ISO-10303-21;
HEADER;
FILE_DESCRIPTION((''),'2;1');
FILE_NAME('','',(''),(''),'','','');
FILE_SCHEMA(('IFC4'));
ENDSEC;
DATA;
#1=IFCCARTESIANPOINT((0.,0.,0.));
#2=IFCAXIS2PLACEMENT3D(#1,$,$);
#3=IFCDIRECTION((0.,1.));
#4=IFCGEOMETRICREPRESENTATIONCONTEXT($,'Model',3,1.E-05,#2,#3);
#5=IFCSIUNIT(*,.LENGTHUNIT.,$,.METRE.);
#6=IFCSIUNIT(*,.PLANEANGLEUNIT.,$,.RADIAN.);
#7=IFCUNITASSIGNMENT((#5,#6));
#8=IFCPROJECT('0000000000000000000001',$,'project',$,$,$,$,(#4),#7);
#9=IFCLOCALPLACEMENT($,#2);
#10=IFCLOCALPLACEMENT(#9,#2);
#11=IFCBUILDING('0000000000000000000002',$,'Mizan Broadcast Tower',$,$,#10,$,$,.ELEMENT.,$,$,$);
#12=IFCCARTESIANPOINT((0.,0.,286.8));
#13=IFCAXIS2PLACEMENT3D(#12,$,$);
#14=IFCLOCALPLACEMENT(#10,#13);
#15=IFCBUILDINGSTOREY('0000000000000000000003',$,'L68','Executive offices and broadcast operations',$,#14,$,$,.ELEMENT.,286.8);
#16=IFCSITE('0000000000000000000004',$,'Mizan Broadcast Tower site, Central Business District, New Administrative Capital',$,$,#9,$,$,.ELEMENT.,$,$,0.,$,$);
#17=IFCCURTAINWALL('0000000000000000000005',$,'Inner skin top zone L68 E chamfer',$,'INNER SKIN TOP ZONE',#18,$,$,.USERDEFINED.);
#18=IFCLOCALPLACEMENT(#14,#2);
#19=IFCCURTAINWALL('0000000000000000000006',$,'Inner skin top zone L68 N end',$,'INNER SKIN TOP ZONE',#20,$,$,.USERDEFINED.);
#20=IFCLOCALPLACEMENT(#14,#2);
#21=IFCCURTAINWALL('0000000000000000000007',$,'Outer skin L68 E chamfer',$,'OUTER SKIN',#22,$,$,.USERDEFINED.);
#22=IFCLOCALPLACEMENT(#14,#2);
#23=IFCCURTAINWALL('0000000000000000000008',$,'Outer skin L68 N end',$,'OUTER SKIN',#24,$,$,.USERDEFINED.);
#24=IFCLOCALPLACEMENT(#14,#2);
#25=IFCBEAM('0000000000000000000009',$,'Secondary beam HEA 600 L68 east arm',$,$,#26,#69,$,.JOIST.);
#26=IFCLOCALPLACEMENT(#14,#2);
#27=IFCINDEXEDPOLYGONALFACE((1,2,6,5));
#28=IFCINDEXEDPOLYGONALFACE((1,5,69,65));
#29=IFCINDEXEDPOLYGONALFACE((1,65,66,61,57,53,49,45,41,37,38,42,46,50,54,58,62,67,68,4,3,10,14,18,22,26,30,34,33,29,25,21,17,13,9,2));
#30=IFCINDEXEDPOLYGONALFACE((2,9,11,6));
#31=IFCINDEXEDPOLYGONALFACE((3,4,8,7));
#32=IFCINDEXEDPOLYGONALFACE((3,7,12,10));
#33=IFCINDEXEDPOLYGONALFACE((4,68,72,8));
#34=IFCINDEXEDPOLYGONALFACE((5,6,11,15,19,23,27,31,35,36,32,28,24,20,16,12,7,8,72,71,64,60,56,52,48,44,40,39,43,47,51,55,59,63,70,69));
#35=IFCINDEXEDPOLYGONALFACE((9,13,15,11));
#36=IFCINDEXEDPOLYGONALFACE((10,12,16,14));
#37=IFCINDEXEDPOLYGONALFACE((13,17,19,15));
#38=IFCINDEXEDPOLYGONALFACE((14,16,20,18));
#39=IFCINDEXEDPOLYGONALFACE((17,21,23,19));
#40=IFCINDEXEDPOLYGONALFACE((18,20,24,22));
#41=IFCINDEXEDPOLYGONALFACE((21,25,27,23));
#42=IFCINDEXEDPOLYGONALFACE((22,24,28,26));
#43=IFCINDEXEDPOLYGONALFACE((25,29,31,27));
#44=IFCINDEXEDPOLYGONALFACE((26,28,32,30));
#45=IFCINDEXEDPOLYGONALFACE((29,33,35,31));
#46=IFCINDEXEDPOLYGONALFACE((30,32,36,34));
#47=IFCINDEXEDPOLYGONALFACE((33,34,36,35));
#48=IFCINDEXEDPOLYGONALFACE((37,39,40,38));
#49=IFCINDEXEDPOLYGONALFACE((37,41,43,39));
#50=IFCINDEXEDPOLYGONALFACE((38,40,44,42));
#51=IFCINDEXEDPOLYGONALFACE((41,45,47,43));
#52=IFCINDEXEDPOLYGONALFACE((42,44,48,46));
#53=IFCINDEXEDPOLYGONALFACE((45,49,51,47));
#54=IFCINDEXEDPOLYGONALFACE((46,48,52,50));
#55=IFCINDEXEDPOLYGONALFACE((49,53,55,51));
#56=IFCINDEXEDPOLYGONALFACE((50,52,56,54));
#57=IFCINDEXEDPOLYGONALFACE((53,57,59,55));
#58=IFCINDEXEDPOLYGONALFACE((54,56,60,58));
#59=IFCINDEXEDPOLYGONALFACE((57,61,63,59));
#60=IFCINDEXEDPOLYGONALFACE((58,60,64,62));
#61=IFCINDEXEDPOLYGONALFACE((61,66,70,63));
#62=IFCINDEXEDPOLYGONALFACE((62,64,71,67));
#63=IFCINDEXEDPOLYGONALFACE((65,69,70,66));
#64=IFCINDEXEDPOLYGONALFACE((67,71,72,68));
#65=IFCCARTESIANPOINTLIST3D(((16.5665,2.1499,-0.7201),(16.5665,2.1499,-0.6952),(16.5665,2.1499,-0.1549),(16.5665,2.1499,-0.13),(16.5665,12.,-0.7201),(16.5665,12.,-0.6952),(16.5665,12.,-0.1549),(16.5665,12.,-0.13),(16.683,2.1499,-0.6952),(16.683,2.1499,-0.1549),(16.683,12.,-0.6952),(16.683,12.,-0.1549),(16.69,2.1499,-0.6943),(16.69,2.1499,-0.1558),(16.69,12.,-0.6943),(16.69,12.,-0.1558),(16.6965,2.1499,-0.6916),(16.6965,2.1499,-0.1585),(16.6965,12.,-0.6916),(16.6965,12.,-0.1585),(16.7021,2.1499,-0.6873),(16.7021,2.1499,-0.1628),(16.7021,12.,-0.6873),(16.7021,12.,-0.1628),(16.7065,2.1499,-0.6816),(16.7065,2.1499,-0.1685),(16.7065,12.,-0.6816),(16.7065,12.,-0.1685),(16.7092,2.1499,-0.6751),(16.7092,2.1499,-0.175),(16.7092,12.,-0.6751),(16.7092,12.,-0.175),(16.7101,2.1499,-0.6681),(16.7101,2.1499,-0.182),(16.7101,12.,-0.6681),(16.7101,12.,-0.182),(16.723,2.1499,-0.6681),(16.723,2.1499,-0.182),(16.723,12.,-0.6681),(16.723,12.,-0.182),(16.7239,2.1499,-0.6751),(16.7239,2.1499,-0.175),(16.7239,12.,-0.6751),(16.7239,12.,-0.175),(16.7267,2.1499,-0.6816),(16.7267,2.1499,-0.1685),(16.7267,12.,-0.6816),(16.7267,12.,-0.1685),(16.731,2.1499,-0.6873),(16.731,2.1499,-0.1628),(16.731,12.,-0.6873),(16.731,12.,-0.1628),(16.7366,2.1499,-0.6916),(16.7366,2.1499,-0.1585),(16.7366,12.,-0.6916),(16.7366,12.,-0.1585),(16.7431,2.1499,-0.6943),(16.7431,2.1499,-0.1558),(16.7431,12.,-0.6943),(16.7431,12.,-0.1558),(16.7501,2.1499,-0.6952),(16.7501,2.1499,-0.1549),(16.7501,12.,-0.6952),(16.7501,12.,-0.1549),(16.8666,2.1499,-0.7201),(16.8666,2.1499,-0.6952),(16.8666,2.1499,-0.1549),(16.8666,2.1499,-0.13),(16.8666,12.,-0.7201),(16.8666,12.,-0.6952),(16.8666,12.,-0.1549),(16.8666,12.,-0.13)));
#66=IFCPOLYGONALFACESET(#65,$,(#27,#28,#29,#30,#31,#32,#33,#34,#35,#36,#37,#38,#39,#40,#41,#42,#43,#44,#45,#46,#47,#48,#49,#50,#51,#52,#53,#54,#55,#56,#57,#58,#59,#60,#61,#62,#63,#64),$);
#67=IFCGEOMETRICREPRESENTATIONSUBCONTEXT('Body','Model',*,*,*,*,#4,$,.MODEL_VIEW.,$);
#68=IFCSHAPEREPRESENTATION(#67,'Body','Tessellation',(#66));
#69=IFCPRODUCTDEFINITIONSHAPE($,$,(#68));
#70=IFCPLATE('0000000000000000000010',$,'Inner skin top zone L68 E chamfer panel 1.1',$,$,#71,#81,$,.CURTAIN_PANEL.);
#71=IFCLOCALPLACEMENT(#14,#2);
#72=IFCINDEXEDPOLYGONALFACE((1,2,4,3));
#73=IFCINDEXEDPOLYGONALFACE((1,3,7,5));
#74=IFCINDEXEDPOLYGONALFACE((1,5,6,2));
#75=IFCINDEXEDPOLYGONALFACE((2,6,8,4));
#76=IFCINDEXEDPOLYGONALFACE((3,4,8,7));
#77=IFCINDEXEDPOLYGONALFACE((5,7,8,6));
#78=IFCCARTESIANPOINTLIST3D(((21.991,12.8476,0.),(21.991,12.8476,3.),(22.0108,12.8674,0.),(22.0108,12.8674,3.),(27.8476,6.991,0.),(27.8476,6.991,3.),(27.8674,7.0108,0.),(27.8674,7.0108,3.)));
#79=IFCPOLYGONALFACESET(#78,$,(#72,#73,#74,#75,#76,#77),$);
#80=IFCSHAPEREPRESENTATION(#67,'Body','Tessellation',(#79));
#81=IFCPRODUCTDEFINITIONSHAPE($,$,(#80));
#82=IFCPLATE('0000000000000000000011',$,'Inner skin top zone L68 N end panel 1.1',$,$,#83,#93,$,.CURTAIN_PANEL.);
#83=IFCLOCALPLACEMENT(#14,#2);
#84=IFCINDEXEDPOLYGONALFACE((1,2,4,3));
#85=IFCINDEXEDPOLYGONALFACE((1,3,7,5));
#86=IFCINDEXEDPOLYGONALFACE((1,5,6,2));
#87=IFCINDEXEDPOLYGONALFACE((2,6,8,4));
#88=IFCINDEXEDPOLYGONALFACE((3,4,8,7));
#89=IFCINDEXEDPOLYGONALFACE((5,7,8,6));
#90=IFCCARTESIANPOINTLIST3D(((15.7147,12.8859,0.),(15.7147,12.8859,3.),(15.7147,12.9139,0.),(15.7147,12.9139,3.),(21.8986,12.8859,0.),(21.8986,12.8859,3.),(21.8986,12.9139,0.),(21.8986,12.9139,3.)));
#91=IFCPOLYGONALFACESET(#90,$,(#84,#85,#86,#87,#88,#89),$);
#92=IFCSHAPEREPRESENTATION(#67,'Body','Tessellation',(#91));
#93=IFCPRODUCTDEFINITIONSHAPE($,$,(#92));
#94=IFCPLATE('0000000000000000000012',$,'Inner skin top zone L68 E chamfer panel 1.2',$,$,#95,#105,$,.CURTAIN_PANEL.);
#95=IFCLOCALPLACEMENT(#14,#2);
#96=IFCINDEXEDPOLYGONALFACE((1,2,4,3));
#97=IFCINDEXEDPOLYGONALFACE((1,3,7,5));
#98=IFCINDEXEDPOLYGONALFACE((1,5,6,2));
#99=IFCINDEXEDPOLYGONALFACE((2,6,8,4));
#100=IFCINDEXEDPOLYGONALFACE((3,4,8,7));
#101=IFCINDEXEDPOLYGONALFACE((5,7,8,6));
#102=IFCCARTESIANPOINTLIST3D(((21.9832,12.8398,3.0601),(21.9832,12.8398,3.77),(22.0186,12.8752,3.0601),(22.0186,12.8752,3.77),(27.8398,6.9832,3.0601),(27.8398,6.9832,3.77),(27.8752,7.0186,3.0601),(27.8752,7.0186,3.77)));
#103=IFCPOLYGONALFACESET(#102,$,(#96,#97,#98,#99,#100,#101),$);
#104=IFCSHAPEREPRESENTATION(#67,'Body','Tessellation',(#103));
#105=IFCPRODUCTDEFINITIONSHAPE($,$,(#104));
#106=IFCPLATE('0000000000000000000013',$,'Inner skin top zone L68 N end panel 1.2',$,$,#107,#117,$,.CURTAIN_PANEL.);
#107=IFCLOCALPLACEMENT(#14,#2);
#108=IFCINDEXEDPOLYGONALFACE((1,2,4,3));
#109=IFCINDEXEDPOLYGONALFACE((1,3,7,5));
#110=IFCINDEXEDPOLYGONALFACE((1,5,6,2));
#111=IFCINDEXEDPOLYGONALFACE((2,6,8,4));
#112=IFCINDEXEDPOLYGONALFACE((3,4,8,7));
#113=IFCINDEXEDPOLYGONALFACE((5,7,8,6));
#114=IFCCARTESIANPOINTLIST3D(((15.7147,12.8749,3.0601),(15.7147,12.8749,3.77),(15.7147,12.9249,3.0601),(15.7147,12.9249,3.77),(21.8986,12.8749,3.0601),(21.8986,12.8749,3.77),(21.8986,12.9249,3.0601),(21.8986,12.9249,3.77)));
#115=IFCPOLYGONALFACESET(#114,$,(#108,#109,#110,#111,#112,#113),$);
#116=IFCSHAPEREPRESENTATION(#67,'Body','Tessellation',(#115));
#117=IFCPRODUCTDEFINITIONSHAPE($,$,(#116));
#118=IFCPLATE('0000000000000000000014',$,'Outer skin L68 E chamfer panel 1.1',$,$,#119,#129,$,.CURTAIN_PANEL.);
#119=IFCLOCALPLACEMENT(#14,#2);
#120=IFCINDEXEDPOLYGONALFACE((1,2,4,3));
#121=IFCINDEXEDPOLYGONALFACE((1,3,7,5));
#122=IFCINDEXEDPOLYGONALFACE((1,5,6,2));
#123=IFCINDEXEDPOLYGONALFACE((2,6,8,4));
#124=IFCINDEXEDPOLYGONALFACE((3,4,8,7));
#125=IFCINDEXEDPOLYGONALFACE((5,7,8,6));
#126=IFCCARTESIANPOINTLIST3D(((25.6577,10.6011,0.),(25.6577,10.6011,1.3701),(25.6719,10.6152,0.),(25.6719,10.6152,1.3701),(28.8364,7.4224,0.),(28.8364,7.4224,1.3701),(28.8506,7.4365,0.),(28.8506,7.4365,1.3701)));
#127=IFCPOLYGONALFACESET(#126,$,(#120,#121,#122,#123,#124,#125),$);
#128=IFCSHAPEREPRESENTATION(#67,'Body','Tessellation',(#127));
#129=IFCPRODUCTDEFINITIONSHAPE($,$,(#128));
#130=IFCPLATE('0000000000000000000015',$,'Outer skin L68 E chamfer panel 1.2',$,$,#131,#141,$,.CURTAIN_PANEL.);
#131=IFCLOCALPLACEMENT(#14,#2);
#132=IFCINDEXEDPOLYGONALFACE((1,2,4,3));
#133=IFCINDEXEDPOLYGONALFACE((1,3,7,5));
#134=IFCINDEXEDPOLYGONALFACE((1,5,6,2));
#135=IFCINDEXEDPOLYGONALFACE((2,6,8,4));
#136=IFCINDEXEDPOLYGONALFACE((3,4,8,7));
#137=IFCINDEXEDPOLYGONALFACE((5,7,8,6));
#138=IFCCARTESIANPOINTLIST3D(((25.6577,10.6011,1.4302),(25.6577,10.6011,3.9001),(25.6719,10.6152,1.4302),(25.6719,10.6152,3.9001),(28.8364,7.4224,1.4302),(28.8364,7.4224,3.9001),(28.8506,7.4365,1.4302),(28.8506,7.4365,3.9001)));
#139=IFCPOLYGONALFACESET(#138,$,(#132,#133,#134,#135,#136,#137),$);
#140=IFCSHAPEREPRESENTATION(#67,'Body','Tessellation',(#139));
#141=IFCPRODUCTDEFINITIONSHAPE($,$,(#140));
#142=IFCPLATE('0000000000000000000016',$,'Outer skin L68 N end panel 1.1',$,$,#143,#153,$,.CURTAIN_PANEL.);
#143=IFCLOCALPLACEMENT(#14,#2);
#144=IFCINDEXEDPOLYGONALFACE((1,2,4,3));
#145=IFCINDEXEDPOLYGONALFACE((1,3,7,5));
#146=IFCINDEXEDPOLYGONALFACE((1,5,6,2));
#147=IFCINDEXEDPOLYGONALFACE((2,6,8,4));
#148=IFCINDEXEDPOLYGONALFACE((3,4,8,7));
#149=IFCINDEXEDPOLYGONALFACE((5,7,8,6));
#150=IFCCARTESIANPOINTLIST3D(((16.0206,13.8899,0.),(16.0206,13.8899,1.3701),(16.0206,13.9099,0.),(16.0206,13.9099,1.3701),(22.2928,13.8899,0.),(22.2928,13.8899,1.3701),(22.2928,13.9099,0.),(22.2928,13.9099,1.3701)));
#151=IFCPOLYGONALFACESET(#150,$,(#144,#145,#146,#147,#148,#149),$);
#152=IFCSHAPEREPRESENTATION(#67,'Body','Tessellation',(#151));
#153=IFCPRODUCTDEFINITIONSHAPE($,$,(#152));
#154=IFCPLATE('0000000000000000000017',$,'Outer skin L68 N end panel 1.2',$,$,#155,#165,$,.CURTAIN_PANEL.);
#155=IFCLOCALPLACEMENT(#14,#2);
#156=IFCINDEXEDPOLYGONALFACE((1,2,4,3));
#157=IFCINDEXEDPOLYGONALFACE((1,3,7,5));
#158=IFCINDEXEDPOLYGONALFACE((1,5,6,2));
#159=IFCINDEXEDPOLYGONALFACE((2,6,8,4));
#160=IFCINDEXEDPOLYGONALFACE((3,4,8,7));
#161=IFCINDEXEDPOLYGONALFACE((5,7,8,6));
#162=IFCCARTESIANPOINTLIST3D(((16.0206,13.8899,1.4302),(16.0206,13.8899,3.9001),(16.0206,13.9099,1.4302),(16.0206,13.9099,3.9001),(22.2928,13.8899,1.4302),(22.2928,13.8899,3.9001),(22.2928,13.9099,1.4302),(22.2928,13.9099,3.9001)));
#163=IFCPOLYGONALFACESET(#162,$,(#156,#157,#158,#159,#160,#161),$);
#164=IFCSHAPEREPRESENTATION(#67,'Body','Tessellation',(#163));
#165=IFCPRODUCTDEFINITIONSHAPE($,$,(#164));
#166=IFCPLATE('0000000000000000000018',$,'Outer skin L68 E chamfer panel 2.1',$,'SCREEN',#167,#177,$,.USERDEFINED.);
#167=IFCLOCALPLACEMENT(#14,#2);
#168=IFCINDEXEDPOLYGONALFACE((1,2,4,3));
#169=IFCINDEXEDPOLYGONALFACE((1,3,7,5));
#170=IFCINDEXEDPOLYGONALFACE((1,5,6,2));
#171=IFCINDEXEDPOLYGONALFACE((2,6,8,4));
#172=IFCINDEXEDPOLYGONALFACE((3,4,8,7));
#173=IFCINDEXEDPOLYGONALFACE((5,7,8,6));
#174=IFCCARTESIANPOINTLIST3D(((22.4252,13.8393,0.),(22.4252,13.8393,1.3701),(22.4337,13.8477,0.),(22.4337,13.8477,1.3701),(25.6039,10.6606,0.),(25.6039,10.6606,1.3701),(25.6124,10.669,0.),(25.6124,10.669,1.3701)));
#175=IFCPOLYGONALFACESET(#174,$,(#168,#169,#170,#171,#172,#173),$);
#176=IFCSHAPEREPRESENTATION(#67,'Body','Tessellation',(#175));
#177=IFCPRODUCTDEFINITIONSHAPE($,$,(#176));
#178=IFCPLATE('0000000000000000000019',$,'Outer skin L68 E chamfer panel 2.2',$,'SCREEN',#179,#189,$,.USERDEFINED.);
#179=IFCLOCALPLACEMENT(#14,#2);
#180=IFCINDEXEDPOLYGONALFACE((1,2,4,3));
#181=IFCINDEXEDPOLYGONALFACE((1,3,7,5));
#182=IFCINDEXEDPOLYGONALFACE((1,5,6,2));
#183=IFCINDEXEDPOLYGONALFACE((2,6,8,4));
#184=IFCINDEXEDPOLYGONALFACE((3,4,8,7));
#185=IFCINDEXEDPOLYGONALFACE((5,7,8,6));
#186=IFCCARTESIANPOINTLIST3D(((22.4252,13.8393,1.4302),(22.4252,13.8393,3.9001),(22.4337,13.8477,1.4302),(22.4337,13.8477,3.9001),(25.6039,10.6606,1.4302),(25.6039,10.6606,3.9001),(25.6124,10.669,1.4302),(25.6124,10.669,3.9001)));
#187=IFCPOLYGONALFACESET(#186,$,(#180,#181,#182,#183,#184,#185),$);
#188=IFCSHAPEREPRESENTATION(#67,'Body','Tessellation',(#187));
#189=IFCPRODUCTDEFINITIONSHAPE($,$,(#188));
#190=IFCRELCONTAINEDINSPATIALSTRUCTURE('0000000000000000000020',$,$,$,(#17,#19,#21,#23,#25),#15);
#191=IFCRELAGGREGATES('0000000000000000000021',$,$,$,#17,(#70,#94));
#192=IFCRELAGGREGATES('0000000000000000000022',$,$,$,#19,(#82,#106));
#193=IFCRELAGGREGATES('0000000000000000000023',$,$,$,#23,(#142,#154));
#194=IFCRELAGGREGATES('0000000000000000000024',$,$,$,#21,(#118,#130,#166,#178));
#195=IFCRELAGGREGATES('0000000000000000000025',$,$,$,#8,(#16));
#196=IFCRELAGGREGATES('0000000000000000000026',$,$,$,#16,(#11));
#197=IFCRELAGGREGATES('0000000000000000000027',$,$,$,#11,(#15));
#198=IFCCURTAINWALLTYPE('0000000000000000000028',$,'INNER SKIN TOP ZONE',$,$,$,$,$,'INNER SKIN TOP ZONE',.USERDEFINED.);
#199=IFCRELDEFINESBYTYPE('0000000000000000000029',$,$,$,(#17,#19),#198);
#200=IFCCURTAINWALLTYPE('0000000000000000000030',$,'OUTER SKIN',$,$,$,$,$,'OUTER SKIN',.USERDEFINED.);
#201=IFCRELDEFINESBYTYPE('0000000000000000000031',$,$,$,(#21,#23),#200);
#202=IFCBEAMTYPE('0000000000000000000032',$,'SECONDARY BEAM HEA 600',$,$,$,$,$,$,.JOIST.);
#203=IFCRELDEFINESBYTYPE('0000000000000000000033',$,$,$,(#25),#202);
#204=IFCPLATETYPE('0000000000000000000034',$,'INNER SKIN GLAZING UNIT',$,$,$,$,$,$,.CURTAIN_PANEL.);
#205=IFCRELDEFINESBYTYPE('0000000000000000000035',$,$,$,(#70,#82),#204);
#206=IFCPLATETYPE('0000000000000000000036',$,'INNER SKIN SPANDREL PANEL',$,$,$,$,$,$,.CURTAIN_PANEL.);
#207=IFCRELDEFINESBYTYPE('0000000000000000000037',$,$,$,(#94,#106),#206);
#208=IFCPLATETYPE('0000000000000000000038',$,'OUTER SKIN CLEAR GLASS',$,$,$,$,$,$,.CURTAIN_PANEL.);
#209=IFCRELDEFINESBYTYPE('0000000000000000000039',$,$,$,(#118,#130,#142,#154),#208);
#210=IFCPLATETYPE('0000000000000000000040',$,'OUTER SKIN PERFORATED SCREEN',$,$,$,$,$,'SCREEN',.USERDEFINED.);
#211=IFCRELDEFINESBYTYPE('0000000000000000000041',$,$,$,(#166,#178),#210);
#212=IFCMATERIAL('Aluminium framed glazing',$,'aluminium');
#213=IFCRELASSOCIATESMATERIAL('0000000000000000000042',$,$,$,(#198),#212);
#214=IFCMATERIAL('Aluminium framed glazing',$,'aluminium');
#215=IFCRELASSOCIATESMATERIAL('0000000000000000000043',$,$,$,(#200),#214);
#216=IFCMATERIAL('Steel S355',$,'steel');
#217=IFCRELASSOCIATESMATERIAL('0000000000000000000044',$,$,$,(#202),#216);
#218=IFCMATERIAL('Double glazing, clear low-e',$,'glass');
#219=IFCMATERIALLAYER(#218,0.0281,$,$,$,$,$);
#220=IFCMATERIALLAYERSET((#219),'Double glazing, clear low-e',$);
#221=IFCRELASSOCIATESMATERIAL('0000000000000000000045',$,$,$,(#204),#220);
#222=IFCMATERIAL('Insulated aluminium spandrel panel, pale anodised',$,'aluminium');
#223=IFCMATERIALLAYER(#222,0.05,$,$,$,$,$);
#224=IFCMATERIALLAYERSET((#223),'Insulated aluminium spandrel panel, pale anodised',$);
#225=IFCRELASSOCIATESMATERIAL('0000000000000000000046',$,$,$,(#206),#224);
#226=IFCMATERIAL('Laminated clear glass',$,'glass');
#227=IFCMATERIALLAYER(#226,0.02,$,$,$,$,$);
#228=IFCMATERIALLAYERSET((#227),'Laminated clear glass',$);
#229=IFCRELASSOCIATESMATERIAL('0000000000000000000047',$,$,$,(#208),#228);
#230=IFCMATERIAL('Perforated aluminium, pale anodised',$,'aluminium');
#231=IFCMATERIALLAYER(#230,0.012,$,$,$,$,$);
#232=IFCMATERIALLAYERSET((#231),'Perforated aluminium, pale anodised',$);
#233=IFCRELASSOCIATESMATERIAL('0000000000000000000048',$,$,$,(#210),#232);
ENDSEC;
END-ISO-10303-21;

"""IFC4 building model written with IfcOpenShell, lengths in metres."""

from ifc_helpers import new_model, si_unit, direction, frame, origin, origin_2d, place, context, subcontext, project, spatial, rectangle, i_section, extrude, material, layer, layer_set, material_profile, profile_set, type_object, element, aggregate, save


model = new_model("IFC4")

# Units and contexts
model_context = context("Model", 3, precision=1e-05, world=origin(), true_north=direction((0.0, 1.0)))
body_context = subcontext(model_context, "Body", "Model", "MODEL_VIEW")
ifc_project = project(units=[si_unit("LENGTHUNIT", "METRE"), si_unit("PLANEANGLEUNIT", "RADIAN")], contexts=[model_context])

# Site, building, storey
site_placement = place(None, origin())
site = spatial("IfcSite", under=ifc_project, at=site_placement, Name="Mizan Broadcast Tower site, Central Business District, New Administrative Capital", CompositionType="ELEMENT", RefElevation=0.0)
building_placement = place(site_placement, origin())
building = spatial("IfcBuilding", under=site, at=building_placement, Name="Mizan Broadcast Tower", CompositionType="ELEMENT")
storey_placement = place(building_placement, frame((0.0, 0.0, 286.8)))
storey = spatial("IfcBuildingStorey", under=building, at=storey_placement, Name="L68", Description="Executive offices and broadcast operations", CompositionType="ELEMENT", Elevation=286.8)

# Curtain wall
ifc_material_1 = material(Name="Aluminium framed glazing", Category="aluminium")
curtain_wall_type_1 = type_object("IfcCurtainWallType", Name="INNER SKIN TOP ZONE", ElementType="INNER SKIN TOP ZONE", PredefinedType="USERDEFINED", material=ifc_material_1)
curtain_wall_1_placement = place(storey_placement, origin())
curtain_wall_1 = element("IfcCurtainWall", 1, at=curtain_wall_1_placement, inside=storey, type_object=curtain_wall_type_1, Name="Inner skin top zone L68 E chamfer", ObjectType="INNER SKIN TOP ZONE", PredefinedType="USERDEFINED")

# Curtain walls
curtain_wall_2_placement = place(storey_placement, origin())
curtain_wall_2 = element("IfcCurtainWall", 2, at=curtain_wall_2_placement, inside=storey, type_object=curtain_wall_type_1, Name="Inner skin top zone L68 N end", ObjectType="INNER SKIN TOP ZONE", PredefinedType="USERDEFINED")
ifc_material_2 = material(Name="Aluminium framed glazing", Category="aluminium")
curtain_wall_type_2 = type_object("IfcCurtainWallType", Name="OUTER SKIN", ElementType="OUTER SKIN", PredefinedType="USERDEFINED", material=ifc_material_2)
curtain_wall_3_placement = place(storey_placement, origin())
curtain_wall_3 = element("IfcCurtainWall", 3, at=curtain_wall_3_placement, inside=storey, type_object=curtain_wall_type_2, Name="Outer skin L68 E chamfer", ObjectType="OUTER SKIN", PredefinedType="USERDEFINED")

# Curtain wall
curtain_wall_4_placement = place(storey_placement, origin())
curtain_wall_4 = element("IfcCurtainWall", 4, at=curtain_wall_4_placement, inside=storey, type_object=curtain_wall_type_2, Name="Outer skin L68 N end", ObjectType="OUTER SKIN", PredefinedType="USERDEFINED")

# Beam
ifc_material_3 = material(Name="Steel S355", Category="steel")
ifc_material_profile_1 = material_profile(ifc_material_3, i_section(OverallWidth=0.3, OverallDepth=0.5901, WebThickness=0.0129, FlangeThickness=0.0249, FilletRadius=0.0271, at=origin_2d()), Name="HEA 600")
ifc_profile_set_1 = profile_set([ifc_material_profile_1], Name="Steel S355")
beam_type_1 = type_object("IfcBeamType", Name="SECONDARY BEAM HEA 600", PredefinedType="JOIST", material=ifc_profile_set_1)
beam_1_placement = place(storey_placement, frame((16.7166, 12.0, -0.425), z_axis=(0.0, -1.0, 0.0), x_axis=(1.0, 0.0, 0.0)))
element("IfcBeam", 5, at=beam_1_placement, inside=storey, type_object=beam_type_1, Name="Secondary beam HEA 600 L68 east arm", PredefinedType="JOIST", context=body_context, shape_type="SweptSolid", body=[
    extrude(i_section(OverallWidth=0.3, OverallDepth=0.5901, WebThickness=0.0129, FlangeThickness=0.0249, FilletRadius=0.0271, at=origin_2d()), origin(), (0.0, 0.0, 1.0), 9.8501),
])

# Plates
ifc_material_4 = material(Name="Double glazing, clear low-e", Category="glass")
ifc_layer_1 = layer(ifc_material_4, 0.0281)
ifc_layer_set_1 = layer_set([ifc_layer_1], Name="Double glazing, clear low-e")
plate_type_1 = type_object("IfcPlateType", Name="INNER SKIN GLAZING UNIT", PredefinedType="CURTAIN_PANEL", material=ifc_layer_set_1)
plate_1_placement = place(storey_placement, frame((24.9292, 9.9292, 0.0), z_axis=(0.0, 0.0, 1.0), x_axis=(-0.707107, 0.707107, 0.0)))
plate_1 = element("IfcPlate", 6, at=plate_1_placement, type_object=plate_type_1, Name="Inner skin top zone L68 E chamfer panel 1.1", PredefinedType="CURTAIN_PANEL", context=body_context, shape_type="SweptSolid", body=[
    extrude(rectangle(XDim=8.2825, YDim=0.0281, at=origin_2d()), origin(), (0.0, 0.0, 1.0), 3.0),
])
plate_2_placement = place(storey_placement, frame((18.8066, 12.8999, 0.0), z_axis=(0.0, 0.0, 1.0), x_axis=(-1.0, 0.0, 0.0)))
plate_2 = element("IfcPlate", 7, at=plate_2_placement, type_object=plate_type_1, Name="Inner skin top zone L68 N end panel 1.1", PredefinedType="CURTAIN_PANEL", context=body_context, shape_type="SweptSolid", body=[
    extrude(rectangle(XDim=6.1838, YDim=0.0281, at=origin_2d()), origin(), (0.0, 0.0, 1.0), 3.0),
])
ifc_material_5 = material(Name="Insulated aluminium spandrel panel, pale anodised", Category="aluminium")
ifc_layer_2 = layer(ifc_material_5, 0.05)
ifc_layer_set_2 = layer_set([ifc_layer_2], Name="Insulated aluminium spandrel panel, pale anodised")
plate_type_2 = type_object("IfcPlateType", Name="INNER SKIN SPANDREL PANEL", PredefinedType="CURTAIN_PANEL", material=ifc_layer_set_2)
plate_3_placement = place(storey_placement, frame((24.9292, 9.9292, 3.0601), z_axis=(0.0, 0.0, 1.0), x_axis=(-0.707107, 0.707107, 0.0)))
plate_3 = element("IfcPlate", 8, at=plate_3_placement, type_object=plate_type_2, Name="Inner skin top zone L68 E chamfer panel 1.2", PredefinedType="CURTAIN_PANEL", context=body_context, shape_type="SweptSolid", body=[
    extrude(rectangle(XDim=8.2825, YDim=0.05, at=origin_2d()), origin(), (0.0, 0.0, 1.0), 0.71),
])
aggregate(curtain_wall_1, [plate_1, plate_3])
plate_4_placement = place(storey_placement, frame((18.8066, 12.8999, 3.0601), z_axis=(0.0, 0.0, 1.0), x_axis=(-1.0, 0.0, 0.0)))
plate_4 = element("IfcPlate", 9, at=plate_4_placement, type_object=plate_type_2, Name="Inner skin top zone L68 N end panel 1.2", PredefinedType="CURTAIN_PANEL", context=body_context, shape_type="SweptSolid", body=[
    extrude(rectangle(XDim=6.1838, YDim=0.05, at=origin_2d()), origin(), (0.0, 0.0, 1.0), 0.71),
])
aggregate(curtain_wall_2, [plate_2, plate_4])
ifc_material_6 = material(Name="Laminated clear glass", Category="glass")
ifc_layer_3 = layer(ifc_material_6, 0.02)
ifc_layer_set_3 = layer_set([ifc_layer_3], Name="Laminated clear glass")
plate_type_3 = type_object("IfcPlateType", Name="OUTER SKIN CLEAR GLASS", PredefinedType="CURTAIN_PANEL", material=ifc_layer_set_3)
plate_5_placement = place(storey_placement, frame((27.2542, 9.0188, 0.0), z_axis=(0.0, 0.0, 1.0), x_axis=(-0.707107, 0.707107, 0.0)))
plate_5 = element("IfcPlate", 10, at=plate_5_placement, type_object=plate_type_3, Name="Outer skin L68 E chamfer panel 1.1", PredefinedType="CURTAIN_PANEL", context=body_context, shape_type="SweptSolid", body=[
    extrude(rectangle(XDim=4.4954, YDim=0.02, at=origin_2d()), origin(), (0.0, 0.0, 1.0), 1.3701),
])
plate_6_placement = place(storey_placement, frame((27.2542, 9.0188, 1.4302), z_axis=(0.0, 0.0, 1.0), x_axis=(-0.707107, 0.707107, 0.0)))
plate_6 = element("IfcPlate", 11, at=plate_6_placement, type_object=plate_type_3, Name="Outer skin L68 E chamfer panel 1.2", PredefinedType="CURTAIN_PANEL", context=body_context, shape_type="SweptSolid", body=[
    extrude(rectangle(XDim=4.4954, YDim=0.02, at=origin_2d()), origin(), (0.0, 0.0, 1.0), 2.47),
])
plate_7_placement = place(storey_placement, frame((19.1567, 13.8999, 0.0), z_axis=(0.0, 0.0, 1.0), x_axis=(-1.0, 0.0, 0.0)))
plate_7 = element("IfcPlate", 12, at=plate_7_placement, type_object=plate_type_3, Name="Outer skin L68 N end panel 1.1", PredefinedType="CURTAIN_PANEL", context=body_context, shape_type="SweptSolid", body=[
    extrude(rectangle(XDim=6.2722, YDim=0.02, at=origin_2d()), origin(), (0.0, 0.0, 1.0), 1.3701),
])
plate_8_placement = place(storey_placement, frame((19.1567, 13.8999, 1.4302), z_axis=(0.0, 0.0, 1.0), x_axis=(-1.0, 0.0, 0.0)))
plate_8 = element("IfcPlate", 13, at=plate_8_placement, type_object=plate_type_3, Name="Outer skin L68 N end panel 1.2", PredefinedType="CURTAIN_PANEL", context=body_context, shape_type="SweptSolid", body=[
    extrude(rectangle(XDim=6.2722, YDim=0.02, at=origin_2d()), origin(), (0.0, 0.0, 1.0), 2.47),
])
aggregate(curtain_wall_4, [plate_7, plate_8])
ifc_material_7 = material(Name="Perforated aluminium, pale anodised", Category="aluminium")
ifc_layer_4 = layer(ifc_material_7, 0.012)
ifc_layer_set_4 = layer_set([ifc_layer_4], Name="Perforated aluminium, pale anodised")
plate_type_4 = type_object("IfcPlateType", Name="OUTER SKIN PERFORATED SCREEN", ElementType="SCREEN", PredefinedType="USERDEFINED", material=ifc_layer_set_4)
plate_9_placement = place(storey_placement, frame((24.0188, 12.2542, 0.0), z_axis=(0.0, 0.0, 1.0), x_axis=(-0.707107, 0.707107, 0.0)))
plate_9 = element("IfcPlate", 14, at=plate_9_placement, type_object=plate_type_4, Name="Outer skin L68 E chamfer panel 2.1", ObjectType="SCREEN", PredefinedType="USERDEFINED", context=body_context, shape_type="SweptSolid", body=[
    extrude(rectangle(XDim=4.4954, YDim=0.012, at=origin_2d()), origin(), (0.0, 0.0, 1.0), 1.3701),
])
plate_10_placement = place(storey_placement, frame((24.0188, 12.2542, 1.4302), z_axis=(0.0, 0.0, 1.0), x_axis=(-0.707107, 0.707107, 0.0)))
plate_10 = element("IfcPlate", 15, at=plate_10_placement, type_object=plate_type_4, Name="Outer skin L68 E chamfer panel 2.2", ObjectType="SCREEN", PredefinedType="USERDEFINED", context=body_context, shape_type="SweptSolid", body=[
    extrude(rectangle(XDim=4.4954, YDim=0.012, at=origin_2d()), origin(), (0.0, 0.0, 1.0), 2.47),
])
aggregate(curtain_wall_3, [plate_5, plate_6, plate_9, plate_10])

save(model, "model.ifc")
